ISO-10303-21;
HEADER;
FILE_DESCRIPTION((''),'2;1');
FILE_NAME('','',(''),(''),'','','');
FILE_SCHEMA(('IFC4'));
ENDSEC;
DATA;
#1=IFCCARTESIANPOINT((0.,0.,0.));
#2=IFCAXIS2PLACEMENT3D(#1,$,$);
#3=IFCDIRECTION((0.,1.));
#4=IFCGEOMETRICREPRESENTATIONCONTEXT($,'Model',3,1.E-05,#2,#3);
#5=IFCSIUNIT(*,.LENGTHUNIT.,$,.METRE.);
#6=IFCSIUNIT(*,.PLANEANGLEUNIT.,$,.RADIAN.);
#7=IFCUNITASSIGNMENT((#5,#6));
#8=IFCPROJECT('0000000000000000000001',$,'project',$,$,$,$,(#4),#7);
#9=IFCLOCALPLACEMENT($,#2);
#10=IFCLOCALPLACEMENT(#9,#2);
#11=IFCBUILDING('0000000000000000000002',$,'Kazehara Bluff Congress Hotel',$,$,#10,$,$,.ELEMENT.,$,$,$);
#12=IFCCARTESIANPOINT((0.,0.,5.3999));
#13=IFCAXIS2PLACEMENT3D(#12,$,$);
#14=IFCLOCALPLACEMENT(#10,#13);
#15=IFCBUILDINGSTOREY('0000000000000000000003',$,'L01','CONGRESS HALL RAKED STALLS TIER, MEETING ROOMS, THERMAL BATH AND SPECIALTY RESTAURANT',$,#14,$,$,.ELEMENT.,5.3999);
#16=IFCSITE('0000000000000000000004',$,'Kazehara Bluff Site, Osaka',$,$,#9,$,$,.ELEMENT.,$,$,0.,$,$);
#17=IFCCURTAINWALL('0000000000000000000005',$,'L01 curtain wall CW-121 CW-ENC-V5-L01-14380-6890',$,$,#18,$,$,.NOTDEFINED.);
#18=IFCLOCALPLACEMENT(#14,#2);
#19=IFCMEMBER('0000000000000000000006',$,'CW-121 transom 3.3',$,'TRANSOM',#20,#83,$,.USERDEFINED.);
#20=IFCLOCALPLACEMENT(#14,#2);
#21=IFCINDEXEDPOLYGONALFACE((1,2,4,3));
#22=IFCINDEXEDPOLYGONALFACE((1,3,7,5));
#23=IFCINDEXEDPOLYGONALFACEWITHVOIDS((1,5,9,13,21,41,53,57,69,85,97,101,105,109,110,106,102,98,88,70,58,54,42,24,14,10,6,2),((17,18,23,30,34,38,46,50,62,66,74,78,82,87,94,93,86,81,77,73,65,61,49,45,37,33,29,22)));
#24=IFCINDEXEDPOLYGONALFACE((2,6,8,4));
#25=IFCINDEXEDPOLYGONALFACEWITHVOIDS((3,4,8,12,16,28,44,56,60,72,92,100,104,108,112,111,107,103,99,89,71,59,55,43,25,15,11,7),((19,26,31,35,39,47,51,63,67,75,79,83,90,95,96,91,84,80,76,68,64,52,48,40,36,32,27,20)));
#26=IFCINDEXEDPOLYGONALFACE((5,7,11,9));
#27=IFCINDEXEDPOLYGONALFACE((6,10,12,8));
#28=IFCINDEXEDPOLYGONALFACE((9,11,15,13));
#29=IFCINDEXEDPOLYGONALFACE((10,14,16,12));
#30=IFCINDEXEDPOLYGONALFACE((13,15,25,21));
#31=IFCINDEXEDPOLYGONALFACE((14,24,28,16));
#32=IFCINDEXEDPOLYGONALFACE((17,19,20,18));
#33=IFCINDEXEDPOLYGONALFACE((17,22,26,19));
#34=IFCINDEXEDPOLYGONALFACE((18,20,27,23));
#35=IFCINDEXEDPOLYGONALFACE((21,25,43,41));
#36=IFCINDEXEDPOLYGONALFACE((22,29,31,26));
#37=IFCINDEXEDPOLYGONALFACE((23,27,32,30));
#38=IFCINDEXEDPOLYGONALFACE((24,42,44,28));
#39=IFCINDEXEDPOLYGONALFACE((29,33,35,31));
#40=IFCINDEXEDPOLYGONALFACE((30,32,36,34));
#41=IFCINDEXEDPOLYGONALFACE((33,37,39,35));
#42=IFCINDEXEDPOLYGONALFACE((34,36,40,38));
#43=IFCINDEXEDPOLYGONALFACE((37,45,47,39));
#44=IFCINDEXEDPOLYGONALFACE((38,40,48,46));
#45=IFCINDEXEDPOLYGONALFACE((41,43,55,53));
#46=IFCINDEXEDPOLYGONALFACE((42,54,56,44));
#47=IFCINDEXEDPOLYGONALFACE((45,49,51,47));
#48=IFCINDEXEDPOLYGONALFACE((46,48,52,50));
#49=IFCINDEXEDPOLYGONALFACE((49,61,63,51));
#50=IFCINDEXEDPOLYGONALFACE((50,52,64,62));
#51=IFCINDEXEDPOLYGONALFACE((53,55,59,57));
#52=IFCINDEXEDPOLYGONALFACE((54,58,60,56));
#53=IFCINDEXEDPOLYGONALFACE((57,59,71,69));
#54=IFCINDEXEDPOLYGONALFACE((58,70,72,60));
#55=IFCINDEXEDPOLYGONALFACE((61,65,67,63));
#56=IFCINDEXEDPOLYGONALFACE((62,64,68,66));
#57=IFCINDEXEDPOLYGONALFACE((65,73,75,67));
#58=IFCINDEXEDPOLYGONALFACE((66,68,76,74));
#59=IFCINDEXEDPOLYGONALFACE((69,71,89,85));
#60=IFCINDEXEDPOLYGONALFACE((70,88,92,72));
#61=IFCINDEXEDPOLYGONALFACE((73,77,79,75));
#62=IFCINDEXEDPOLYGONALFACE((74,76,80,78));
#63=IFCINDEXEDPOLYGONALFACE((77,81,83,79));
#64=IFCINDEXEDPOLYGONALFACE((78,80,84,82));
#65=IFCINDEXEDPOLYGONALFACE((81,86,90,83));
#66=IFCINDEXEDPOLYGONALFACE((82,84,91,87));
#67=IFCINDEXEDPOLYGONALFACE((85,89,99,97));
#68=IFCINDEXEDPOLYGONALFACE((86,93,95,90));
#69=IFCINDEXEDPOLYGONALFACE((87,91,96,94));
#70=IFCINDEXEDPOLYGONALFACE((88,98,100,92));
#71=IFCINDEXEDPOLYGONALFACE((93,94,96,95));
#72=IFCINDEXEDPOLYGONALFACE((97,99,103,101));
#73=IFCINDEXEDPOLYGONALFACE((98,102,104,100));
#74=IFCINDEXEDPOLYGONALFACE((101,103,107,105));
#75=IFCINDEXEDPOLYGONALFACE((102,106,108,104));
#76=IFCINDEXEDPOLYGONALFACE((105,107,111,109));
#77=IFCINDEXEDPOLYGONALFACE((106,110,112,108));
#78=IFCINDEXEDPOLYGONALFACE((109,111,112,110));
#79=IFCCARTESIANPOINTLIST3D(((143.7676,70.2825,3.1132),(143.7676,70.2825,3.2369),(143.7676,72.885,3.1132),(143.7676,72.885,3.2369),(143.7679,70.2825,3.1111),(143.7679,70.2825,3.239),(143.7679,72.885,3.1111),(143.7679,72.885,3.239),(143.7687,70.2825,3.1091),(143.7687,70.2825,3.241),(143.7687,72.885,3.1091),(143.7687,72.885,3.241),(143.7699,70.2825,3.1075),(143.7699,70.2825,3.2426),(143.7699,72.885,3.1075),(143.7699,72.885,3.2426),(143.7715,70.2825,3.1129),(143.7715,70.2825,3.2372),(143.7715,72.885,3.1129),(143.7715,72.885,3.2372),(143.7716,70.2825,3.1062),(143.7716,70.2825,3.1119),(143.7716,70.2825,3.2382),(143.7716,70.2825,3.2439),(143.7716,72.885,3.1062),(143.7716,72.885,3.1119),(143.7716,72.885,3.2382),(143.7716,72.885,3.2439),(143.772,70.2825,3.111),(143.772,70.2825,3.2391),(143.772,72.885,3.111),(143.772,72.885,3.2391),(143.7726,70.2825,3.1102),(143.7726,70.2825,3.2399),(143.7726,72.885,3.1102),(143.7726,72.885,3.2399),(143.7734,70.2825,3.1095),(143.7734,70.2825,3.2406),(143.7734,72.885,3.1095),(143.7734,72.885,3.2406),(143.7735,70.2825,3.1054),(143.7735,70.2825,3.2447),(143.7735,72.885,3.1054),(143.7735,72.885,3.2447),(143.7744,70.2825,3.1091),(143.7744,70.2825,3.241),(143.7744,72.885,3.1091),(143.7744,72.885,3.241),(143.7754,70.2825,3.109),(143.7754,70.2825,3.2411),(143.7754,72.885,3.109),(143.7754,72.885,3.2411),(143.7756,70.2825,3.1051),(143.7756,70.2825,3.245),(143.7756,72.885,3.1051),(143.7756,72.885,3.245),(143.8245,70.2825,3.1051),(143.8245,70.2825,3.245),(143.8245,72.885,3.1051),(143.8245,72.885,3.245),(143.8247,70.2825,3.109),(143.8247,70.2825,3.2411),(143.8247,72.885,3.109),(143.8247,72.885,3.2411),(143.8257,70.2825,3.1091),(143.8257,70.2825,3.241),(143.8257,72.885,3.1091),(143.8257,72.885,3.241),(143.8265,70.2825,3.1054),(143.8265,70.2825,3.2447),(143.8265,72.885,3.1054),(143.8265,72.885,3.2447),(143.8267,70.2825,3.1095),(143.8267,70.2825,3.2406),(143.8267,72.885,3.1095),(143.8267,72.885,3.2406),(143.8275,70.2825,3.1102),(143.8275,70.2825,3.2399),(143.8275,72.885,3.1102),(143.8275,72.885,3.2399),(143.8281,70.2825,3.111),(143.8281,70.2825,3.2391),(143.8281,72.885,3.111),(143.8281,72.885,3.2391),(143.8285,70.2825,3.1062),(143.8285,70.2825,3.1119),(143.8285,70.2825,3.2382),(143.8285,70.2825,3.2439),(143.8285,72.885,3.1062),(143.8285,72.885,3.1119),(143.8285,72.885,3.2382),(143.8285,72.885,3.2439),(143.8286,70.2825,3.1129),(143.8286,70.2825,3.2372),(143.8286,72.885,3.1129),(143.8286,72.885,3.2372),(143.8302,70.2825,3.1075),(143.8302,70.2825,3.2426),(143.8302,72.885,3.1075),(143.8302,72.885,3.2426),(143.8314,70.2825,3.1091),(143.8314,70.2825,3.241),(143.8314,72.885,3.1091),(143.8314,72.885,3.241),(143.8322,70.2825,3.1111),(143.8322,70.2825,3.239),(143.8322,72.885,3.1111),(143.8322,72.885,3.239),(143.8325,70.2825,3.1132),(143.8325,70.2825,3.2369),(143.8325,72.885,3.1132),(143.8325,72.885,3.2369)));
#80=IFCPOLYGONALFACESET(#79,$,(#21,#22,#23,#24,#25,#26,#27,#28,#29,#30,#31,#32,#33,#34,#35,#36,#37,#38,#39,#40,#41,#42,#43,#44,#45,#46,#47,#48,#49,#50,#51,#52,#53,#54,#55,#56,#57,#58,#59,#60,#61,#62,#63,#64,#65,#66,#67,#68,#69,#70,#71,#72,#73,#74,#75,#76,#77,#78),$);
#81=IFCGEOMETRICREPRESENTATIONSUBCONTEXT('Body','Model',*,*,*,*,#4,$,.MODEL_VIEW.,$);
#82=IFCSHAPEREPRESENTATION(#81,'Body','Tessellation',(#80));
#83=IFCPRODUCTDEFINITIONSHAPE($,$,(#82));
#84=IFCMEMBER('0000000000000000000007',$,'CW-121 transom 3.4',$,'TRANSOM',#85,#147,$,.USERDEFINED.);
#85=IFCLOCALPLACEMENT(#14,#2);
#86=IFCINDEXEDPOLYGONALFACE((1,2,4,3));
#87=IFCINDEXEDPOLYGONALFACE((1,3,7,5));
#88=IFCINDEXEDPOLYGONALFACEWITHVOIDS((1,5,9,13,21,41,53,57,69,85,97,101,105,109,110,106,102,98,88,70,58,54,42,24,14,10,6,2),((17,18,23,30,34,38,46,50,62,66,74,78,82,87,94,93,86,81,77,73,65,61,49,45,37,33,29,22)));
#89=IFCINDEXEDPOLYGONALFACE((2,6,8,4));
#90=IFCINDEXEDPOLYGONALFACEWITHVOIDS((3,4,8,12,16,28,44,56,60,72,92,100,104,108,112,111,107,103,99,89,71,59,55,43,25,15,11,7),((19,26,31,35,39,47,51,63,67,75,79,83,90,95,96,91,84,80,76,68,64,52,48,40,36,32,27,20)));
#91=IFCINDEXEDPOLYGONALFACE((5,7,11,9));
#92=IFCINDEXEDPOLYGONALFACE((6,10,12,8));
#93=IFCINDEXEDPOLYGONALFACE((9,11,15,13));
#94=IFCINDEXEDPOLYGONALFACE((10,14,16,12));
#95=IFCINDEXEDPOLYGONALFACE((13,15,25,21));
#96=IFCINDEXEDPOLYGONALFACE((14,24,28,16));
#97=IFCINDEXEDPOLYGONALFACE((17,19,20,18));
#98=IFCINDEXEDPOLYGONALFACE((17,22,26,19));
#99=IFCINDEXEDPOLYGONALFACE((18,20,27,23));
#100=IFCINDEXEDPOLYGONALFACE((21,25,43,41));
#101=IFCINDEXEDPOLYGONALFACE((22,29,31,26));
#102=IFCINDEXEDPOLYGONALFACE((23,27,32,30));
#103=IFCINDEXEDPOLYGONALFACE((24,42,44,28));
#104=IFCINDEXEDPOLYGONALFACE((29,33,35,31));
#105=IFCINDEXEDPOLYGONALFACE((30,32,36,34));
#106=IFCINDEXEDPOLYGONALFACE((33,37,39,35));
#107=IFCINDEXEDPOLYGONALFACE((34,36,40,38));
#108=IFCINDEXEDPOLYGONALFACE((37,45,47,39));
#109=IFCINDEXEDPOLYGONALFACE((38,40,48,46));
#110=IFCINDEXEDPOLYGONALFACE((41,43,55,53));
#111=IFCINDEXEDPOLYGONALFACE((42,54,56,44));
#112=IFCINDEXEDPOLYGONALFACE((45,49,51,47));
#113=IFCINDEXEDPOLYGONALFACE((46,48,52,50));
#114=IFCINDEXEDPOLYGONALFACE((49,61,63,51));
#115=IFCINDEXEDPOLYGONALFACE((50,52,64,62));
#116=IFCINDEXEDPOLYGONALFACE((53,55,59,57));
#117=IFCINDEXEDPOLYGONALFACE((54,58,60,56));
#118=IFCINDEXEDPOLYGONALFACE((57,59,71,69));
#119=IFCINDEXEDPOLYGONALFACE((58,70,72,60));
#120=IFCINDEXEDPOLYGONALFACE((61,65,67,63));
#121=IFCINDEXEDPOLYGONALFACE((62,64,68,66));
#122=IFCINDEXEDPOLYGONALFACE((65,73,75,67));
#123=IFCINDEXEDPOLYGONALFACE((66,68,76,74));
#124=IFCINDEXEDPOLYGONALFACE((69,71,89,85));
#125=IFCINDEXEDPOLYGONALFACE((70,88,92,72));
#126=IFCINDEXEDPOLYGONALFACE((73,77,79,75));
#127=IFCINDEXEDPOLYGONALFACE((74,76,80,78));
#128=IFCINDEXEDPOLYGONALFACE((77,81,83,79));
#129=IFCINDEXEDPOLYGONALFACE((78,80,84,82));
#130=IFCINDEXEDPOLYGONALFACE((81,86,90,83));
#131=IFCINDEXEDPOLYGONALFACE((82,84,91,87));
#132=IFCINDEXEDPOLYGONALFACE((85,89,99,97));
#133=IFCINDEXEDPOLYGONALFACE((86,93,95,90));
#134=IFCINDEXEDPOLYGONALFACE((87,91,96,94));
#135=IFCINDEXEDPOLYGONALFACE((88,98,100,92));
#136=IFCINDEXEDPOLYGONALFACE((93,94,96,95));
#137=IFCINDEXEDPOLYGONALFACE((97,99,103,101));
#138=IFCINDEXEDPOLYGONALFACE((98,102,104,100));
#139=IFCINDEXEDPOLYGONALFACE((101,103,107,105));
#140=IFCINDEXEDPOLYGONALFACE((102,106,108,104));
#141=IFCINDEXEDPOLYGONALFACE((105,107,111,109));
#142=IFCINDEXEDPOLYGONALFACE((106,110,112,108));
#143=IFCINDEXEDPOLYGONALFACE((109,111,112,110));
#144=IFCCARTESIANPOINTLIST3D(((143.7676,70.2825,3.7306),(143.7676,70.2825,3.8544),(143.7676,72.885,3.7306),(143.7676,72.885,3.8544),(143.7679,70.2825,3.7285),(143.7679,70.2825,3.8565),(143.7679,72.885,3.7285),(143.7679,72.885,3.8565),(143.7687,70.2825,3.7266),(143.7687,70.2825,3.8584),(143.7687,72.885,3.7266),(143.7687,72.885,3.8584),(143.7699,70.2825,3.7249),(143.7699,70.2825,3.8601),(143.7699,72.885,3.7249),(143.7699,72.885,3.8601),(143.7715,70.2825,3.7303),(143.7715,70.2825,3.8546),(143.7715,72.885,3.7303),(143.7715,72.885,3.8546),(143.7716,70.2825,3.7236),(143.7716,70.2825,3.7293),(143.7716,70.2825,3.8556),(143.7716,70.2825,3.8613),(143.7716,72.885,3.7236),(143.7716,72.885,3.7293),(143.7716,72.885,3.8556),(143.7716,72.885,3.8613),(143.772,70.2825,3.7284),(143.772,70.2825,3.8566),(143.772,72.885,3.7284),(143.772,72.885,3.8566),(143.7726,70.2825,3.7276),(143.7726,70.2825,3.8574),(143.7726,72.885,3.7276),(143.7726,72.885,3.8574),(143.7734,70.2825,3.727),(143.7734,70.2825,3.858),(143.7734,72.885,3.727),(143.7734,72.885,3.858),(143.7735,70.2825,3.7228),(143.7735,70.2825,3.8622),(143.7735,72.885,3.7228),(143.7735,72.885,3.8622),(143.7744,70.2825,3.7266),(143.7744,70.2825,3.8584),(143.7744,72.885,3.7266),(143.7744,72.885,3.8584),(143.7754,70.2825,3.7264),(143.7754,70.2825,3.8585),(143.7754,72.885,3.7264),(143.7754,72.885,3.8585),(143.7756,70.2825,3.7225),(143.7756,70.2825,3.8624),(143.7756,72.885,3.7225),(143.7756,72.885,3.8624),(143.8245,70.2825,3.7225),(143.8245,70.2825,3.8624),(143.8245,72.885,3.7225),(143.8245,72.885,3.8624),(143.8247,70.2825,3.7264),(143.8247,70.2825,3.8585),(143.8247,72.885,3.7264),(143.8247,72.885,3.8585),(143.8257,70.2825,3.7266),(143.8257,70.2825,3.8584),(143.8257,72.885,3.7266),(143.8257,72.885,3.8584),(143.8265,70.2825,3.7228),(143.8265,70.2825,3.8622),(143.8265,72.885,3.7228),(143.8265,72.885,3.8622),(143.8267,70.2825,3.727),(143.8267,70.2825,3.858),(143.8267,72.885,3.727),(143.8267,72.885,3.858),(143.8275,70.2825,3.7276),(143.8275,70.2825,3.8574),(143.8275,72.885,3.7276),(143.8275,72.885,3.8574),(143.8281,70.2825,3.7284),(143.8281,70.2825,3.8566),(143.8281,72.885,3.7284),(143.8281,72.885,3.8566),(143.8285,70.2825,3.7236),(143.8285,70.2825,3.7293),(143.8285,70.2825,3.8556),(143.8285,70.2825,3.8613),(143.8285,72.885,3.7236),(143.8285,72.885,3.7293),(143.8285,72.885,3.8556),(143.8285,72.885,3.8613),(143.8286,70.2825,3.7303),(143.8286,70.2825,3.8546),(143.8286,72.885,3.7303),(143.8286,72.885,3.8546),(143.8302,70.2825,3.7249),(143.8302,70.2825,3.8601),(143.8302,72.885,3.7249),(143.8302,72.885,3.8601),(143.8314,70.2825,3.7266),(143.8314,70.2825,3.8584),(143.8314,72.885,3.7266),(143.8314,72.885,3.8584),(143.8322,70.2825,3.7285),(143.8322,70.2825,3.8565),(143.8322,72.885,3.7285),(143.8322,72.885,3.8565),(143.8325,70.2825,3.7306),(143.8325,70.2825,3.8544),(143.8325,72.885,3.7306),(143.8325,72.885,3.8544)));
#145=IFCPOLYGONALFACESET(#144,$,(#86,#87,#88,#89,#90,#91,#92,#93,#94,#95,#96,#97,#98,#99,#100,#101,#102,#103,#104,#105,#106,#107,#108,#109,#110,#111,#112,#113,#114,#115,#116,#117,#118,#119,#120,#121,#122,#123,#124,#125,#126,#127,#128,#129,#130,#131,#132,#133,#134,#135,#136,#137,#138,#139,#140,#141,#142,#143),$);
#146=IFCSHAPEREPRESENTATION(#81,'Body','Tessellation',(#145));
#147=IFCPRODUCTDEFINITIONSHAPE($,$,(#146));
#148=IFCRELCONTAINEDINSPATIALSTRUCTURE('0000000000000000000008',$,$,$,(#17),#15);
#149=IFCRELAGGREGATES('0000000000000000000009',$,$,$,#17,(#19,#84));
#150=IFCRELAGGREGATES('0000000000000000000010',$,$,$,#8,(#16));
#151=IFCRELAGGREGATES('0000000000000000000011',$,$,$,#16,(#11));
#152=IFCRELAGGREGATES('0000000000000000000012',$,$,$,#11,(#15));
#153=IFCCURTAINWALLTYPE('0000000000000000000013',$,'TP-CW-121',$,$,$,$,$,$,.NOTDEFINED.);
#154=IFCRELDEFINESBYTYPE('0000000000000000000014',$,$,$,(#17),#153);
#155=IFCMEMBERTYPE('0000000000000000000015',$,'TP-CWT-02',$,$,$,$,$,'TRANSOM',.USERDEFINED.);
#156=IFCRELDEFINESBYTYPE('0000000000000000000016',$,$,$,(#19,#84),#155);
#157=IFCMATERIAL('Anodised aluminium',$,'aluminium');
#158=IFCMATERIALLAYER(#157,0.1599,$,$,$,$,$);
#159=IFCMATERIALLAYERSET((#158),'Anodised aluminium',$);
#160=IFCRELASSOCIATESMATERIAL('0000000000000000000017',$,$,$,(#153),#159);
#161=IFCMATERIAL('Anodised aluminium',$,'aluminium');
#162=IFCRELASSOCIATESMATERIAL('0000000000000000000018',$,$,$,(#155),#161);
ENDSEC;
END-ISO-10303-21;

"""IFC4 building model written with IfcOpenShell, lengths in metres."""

from ifc_helpers import new_model, si_unit, direction, frame, origin, origin_2d, place, context, subcontext, project, spatial, hollow_rectangle, extrude, material, layer, layer_set, material_profile, profile_set, type_object, element, aggregate, save


model = new_model("IFC4")

# Units and contexts
model_context = context("Model", 3, precision=1e-05, world=origin(), true_north=direction((0.0, 1.0)))
body_context = subcontext(model_context, "Body", "Model", "MODEL_VIEW")
ifc_project = project(units=[si_unit("LENGTHUNIT", "METRE"), si_unit("PLANEANGLEUNIT", "RADIAN")], contexts=[model_context])

# Site, building, storey
site_placement = place(None, origin())
site = spatial("IfcSite", under=ifc_project, at=site_placement, Name="Kazehara Bluff Site, Osaka", CompositionType="ELEMENT", RefElevation=0.0)
building_placement = place(site_placement, origin())
building = spatial("IfcBuilding", under=site, at=building_placement, Name="Kazehara Bluff Congress Hotel", CompositionType="ELEMENT")
storey_placement = place(building_placement, frame((0.0, 0.0, 5.3999)))
storey = spatial("IfcBuildingStorey", under=building, at=storey_placement, Name="L01", Description="CONGRESS HALL RAKED STALLS TIER, MEETING ROOMS, THERMAL BATH AND SPECIALTY RESTAURANT", CompositionType="ELEMENT", Elevation=5.3999)

# Curtain wall
ifc_material_1 = material(Name="Anodised aluminium", Category="aluminium")
ifc_layer_1 = layer(ifc_material_1, 0.1599)
ifc_layer_set_1 = layer_set([ifc_layer_1], Name="Anodised aluminium")
curtain_wall_type_1 = type_object("IfcCurtainWallType", Name="TP-CW-121", PredefinedType="NOTDEFINED", material=ifc_layer_set_1)
curtain_wall_1_placement = place(storey_placement, origin())
curtain_wall_1 = element("IfcCurtainWall", 1, at=curtain_wall_1_placement, inside=storey, type_object=curtain_wall_type_1, Name="L01 curtain wall CW-121 CW-ENC-V5-L01-14380-6890", PredefinedType="NOTDEFINED")

# Members
ifc_material_2 = material(Name="Anodised aluminium", Category="aluminium")
ifc_material_profile_1 = material_profile(ifc_material_2, hollow_rectangle(XDim=0.0649, YDim=0.1399, WallThickness=0.0039, InnerFilletRadius=0.0039, OuterFilletRadius=0.0081, at=origin_2d()))
ifc_profile_set_1 = profile_set([ifc_material_profile_1], Name="Anodised aluminium")
member_type_1 = type_object("IfcMemberType", Name="TP-CWT-02", ElementType="TRANSOM", PredefinedType="USERDEFINED", material=ifc_profile_set_1)
member_1_placement = place(storey_placement, frame((143.8, 70.2825, 3.175), z_axis=(0.0, 1.0, 0.0), x_axis=(-1.0, 0.0, 0.0)))
member_1 = element("IfcMember", 2, at=member_1_placement, type_object=member_type_1, Name="CW-121 transom 3.3", ObjectType="TRANSOM", PredefinedType="USERDEFINED", context=body_context, shape_type="SweptSolid", body=[
    extrude(hollow_rectangle(XDim=0.0649, YDim=0.1399, WallThickness=0.0039, InnerFilletRadius=0.0039, OuterFilletRadius=0.0081, at=origin_2d()), origin(), (0.0, 0.0, 1.0), 2.6025),
])
member_2_placement = place(storey_placement, frame((143.8, 70.2825, 3.7925), z_axis=(0.0, 1.0, 0.0), x_axis=(-1.0, 0.0, 0.0)))
member_2 = element("IfcMember", 3, at=member_2_placement, type_object=member_type_1, Name="CW-121 transom 3.4", ObjectType="TRANSOM", PredefinedType="USERDEFINED", context=body_context, shape_type="SweptSolid", body=[
    extrude(hollow_rectangle(XDim=0.0649, YDim=0.1399, WallThickness=0.0039, InnerFilletRadius=0.0039, OuterFilletRadius=0.0081, at=origin_2d()), origin(), (0.0, 0.0, 1.0), 2.6025),
])

aggregate(curtain_wall_1, [member_1, member_2])

save(model, "model.ifc")
